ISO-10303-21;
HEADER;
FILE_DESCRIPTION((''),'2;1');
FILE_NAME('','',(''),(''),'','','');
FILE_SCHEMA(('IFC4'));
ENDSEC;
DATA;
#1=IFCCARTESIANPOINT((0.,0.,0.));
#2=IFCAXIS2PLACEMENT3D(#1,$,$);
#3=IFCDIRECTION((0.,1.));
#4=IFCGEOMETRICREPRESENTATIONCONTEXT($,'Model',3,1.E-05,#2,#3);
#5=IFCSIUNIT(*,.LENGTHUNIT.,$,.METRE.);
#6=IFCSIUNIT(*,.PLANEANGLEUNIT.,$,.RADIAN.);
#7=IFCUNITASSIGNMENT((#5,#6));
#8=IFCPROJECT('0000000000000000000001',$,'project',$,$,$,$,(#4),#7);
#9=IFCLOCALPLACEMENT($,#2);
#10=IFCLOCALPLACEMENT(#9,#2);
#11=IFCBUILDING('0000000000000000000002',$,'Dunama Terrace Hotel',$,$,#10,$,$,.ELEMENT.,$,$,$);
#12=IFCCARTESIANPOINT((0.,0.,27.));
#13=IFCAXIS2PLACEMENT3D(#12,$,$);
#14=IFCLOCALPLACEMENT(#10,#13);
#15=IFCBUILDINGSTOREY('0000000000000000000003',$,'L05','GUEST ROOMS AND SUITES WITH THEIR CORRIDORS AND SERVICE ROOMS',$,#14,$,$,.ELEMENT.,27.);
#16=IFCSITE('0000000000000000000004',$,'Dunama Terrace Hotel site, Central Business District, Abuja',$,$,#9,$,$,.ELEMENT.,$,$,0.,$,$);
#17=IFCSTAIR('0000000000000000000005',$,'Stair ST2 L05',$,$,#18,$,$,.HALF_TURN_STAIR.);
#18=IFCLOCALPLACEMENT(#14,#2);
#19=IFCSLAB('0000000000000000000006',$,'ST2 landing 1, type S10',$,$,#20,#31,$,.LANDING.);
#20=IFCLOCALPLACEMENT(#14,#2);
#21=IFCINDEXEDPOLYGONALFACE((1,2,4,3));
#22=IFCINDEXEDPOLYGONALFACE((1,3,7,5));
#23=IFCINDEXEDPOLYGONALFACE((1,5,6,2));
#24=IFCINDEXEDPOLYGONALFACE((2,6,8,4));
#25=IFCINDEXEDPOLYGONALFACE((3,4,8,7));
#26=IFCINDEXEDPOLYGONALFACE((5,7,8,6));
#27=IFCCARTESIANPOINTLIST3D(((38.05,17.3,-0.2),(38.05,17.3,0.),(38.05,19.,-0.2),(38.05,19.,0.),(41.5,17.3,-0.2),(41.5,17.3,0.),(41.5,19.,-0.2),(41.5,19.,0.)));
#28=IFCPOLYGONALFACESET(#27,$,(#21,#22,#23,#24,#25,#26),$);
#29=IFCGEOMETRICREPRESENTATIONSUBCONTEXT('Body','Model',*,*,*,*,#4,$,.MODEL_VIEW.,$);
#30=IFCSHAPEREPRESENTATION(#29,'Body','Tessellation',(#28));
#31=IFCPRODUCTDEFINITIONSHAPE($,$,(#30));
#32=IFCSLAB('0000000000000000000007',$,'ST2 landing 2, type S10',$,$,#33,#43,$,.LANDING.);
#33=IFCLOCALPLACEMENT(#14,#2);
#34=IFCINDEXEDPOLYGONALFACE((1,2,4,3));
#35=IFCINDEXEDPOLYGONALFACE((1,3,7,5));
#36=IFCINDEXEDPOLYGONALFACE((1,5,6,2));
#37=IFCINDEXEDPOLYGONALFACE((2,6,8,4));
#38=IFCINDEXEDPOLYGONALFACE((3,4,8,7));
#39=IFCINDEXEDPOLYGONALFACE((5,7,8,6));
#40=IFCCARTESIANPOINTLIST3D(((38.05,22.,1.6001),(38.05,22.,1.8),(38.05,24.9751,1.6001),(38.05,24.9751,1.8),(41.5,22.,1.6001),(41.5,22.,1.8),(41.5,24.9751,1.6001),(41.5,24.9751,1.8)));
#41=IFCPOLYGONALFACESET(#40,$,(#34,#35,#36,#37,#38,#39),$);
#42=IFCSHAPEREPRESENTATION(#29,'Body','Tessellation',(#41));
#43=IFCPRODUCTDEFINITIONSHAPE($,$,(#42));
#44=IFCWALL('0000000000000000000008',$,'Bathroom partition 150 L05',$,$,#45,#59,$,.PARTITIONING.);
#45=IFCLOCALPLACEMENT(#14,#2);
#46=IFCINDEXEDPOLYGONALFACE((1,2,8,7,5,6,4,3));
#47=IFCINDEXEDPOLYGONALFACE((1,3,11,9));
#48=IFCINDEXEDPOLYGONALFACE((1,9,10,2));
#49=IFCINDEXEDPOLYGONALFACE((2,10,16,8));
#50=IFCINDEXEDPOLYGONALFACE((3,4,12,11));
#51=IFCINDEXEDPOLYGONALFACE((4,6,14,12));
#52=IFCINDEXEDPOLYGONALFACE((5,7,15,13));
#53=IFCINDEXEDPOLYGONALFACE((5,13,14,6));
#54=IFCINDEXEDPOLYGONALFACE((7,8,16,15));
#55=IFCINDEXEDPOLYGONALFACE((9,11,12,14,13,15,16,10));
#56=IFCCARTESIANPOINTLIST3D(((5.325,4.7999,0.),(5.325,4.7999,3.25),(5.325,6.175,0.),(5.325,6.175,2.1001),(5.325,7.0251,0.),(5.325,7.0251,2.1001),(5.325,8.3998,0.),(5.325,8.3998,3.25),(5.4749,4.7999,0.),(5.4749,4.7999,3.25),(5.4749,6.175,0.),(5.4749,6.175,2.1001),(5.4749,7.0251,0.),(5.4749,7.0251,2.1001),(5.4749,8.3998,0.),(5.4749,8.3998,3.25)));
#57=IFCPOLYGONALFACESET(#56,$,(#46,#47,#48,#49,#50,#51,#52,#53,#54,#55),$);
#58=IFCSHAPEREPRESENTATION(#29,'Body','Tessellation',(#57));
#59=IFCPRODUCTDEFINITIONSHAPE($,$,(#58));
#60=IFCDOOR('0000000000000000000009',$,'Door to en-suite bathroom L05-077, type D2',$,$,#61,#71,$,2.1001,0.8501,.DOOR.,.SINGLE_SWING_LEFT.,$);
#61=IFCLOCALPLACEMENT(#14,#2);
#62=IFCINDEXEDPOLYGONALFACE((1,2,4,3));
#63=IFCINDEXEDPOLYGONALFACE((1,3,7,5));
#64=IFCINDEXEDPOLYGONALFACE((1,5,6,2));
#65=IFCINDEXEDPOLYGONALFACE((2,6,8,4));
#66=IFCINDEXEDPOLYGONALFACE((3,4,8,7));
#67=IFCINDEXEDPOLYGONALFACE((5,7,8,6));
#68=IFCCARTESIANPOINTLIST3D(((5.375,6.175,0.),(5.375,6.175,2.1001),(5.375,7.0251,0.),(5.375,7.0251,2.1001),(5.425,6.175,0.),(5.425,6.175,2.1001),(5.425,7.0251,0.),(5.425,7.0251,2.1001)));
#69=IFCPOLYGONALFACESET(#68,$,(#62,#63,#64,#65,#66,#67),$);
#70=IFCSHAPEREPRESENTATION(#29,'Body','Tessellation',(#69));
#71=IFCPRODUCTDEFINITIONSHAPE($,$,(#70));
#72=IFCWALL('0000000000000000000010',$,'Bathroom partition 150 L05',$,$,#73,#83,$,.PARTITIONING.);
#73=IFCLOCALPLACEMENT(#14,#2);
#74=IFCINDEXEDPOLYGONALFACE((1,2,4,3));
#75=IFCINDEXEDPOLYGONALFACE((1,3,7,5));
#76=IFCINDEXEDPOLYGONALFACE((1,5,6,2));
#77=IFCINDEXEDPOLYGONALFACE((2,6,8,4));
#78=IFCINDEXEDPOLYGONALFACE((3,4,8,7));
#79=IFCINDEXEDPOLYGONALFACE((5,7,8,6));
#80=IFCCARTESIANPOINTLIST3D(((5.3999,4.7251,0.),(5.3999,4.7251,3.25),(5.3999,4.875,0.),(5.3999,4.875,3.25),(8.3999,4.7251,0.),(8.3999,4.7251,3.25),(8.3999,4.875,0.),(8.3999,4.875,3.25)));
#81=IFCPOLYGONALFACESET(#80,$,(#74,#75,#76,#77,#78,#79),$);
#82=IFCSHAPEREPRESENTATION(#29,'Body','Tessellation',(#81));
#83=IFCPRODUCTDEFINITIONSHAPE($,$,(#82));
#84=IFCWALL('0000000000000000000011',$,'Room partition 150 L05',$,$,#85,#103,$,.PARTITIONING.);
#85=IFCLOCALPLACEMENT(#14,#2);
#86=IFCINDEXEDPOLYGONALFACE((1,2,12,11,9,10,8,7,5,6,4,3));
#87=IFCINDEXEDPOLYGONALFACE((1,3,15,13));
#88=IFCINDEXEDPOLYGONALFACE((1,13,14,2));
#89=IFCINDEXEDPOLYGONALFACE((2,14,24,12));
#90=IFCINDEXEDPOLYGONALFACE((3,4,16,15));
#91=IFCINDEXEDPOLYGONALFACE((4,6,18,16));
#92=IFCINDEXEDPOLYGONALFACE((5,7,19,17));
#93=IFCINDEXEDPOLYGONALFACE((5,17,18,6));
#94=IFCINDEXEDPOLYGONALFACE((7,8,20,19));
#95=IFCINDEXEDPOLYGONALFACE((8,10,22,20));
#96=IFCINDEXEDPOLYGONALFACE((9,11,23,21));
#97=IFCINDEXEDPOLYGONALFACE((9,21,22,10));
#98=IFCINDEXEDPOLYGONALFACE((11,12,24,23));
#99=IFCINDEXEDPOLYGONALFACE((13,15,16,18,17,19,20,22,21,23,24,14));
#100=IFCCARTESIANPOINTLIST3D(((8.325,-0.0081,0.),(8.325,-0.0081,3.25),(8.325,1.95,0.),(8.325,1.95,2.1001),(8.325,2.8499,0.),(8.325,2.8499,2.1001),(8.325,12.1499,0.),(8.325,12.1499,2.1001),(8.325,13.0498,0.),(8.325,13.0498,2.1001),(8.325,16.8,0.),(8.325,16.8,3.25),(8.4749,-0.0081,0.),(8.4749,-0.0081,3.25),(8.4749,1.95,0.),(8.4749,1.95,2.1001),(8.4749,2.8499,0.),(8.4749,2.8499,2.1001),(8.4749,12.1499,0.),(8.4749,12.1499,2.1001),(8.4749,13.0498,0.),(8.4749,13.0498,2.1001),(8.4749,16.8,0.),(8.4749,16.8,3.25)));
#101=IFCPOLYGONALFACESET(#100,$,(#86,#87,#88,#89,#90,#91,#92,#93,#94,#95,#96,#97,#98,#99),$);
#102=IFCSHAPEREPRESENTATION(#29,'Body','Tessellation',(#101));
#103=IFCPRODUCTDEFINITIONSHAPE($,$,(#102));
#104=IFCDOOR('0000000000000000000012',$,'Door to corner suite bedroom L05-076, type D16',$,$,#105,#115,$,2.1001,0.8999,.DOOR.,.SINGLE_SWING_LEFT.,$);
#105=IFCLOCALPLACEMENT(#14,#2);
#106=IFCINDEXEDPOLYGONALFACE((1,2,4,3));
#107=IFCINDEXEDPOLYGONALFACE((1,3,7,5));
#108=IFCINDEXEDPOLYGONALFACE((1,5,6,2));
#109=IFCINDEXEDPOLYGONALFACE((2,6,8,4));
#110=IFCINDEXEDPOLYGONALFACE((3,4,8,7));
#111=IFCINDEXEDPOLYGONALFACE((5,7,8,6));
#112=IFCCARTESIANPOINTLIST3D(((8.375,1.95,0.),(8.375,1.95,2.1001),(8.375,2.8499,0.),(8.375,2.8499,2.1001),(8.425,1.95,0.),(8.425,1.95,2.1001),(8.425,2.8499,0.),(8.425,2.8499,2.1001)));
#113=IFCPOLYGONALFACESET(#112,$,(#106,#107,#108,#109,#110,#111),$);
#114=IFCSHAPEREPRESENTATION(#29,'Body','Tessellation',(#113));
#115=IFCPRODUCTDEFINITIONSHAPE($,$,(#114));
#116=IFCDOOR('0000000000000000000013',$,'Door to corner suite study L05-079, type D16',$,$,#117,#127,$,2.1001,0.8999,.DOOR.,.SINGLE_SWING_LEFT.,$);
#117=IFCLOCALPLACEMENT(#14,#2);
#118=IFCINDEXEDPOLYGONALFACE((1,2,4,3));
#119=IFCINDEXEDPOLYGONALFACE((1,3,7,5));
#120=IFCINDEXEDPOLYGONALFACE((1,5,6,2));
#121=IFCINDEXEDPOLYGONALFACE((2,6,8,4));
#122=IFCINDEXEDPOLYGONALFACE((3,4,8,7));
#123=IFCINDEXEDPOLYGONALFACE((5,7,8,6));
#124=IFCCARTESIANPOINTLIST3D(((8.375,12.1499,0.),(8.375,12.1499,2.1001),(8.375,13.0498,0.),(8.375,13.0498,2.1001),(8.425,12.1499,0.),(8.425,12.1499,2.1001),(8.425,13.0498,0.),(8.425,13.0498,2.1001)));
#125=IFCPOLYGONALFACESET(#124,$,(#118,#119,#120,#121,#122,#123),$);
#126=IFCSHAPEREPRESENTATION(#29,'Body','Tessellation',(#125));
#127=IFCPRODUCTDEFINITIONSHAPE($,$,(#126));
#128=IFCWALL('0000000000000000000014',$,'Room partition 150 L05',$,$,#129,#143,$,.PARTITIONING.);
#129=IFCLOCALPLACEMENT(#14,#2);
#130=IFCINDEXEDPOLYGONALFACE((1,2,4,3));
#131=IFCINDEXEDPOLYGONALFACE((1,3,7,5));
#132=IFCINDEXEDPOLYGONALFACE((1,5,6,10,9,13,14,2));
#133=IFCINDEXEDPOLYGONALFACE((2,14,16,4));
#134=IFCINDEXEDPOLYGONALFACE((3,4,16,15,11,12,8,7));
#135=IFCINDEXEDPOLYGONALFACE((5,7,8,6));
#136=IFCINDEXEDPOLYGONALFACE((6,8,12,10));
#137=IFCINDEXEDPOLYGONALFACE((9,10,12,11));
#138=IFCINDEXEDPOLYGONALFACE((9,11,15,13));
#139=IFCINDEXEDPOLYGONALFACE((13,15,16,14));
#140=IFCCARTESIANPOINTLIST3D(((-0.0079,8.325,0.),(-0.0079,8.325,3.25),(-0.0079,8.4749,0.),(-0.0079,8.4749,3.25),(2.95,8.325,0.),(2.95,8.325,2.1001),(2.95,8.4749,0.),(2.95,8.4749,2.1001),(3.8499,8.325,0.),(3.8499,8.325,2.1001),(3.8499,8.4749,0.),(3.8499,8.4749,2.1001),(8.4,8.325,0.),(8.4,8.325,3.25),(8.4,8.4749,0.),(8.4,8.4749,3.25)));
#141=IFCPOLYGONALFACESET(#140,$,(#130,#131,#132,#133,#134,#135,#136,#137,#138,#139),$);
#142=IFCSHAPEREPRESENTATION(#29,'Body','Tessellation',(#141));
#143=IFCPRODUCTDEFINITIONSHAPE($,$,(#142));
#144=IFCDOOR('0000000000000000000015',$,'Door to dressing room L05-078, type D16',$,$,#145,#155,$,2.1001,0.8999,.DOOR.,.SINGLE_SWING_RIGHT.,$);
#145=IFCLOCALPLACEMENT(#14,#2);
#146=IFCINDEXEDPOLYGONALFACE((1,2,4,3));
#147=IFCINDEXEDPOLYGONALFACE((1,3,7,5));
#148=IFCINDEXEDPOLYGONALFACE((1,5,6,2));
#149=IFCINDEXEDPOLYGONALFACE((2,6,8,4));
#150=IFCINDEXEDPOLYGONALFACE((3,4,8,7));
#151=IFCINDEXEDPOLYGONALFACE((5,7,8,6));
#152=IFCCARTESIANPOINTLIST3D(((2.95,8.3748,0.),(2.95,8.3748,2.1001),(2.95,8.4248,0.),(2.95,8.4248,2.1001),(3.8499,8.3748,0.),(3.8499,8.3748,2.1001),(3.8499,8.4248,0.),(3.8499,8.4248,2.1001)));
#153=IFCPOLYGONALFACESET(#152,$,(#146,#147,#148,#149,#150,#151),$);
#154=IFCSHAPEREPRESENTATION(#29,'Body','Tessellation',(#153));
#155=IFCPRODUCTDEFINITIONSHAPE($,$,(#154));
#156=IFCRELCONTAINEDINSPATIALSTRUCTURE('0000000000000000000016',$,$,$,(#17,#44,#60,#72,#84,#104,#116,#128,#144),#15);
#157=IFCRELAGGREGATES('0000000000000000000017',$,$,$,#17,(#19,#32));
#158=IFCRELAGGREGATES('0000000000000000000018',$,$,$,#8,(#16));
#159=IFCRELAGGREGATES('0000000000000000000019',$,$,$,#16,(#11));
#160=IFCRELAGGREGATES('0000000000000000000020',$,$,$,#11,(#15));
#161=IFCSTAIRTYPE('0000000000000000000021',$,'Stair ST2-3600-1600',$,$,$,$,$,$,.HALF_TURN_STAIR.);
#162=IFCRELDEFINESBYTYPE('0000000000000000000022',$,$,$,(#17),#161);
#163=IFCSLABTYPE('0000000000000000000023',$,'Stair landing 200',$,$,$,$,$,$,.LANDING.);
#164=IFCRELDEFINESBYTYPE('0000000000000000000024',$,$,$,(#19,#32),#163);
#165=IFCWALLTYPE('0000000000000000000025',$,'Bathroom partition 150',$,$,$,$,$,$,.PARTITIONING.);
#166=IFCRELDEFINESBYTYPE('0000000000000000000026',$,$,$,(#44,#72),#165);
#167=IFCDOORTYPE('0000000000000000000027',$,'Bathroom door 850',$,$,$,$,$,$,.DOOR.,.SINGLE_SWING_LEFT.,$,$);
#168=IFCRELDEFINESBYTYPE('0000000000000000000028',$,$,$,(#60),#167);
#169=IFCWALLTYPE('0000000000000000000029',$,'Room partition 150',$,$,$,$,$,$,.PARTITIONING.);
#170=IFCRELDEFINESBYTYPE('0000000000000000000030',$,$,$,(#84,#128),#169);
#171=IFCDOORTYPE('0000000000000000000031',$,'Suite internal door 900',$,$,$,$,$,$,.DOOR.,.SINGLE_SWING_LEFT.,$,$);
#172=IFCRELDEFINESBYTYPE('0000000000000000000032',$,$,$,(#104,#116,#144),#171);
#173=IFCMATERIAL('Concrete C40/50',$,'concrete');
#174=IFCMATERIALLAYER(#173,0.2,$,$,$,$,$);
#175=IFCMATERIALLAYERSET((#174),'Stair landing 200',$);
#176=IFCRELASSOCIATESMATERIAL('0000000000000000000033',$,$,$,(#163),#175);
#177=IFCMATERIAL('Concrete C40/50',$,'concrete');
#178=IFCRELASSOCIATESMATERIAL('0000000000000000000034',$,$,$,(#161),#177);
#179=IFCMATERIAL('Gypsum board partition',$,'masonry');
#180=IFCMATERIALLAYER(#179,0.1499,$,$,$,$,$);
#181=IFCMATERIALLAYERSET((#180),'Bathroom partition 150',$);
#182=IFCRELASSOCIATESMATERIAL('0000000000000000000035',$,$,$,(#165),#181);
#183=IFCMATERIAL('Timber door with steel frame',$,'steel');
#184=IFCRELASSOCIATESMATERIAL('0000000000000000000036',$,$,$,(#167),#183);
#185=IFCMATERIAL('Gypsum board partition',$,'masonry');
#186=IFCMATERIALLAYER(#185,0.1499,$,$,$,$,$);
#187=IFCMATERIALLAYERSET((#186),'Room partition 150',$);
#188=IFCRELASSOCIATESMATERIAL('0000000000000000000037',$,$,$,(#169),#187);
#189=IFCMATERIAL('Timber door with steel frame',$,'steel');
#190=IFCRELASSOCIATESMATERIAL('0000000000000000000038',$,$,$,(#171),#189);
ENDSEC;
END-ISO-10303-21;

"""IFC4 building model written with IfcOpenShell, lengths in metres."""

from ifc_helpers import new_model, si_unit, direction, frame, frame_2d, origin, place, context, subcontext, project, spatial, polyline, rectangle, outline, extrude, material, layer, layer_set, type_object, element, fill, aggregate, save


model = new_model("IFC4")

# Units and contexts
model_context = context("Model", 3, precision=1e-05, world=origin(), true_north=direction((0.0, 1.0)))
body_context = subcontext(model_context, "Body", "Model", "MODEL_VIEW")
ifc_project = project(units=[si_unit("LENGTHUNIT", "METRE"), si_unit("PLANEANGLEUNIT", "RADIAN")], contexts=[model_context])

# Site, building, storey
site_placement = place(None, origin())
site = spatial("IfcSite", under=ifc_project, at=site_placement, Name="Dunama Terrace Hotel site, Central Business District, Abuja", CompositionType="ELEMENT", RefElevation=0.0)
building_placement = place(site_placement, origin())
building = spatial("IfcBuilding", under=site, at=building_placement, Name="Dunama Terrace Hotel", CompositionType="ELEMENT")
storey_placement = place(building_placement, frame((0.0, 0.0, 27.0)))
storey = spatial("IfcBuildingStorey", under=building, at=storey_placement, Name="L05", Description="GUEST ROOMS AND SUITES WITH THEIR CORRIDORS AND SERVICE ROOMS", CompositionType="ELEMENT", Elevation=27.0)

# Stair, slabs
ifc_material_1 = material(Name="Concrete C40/50", Category="concrete")
ifc_layer_1 = layer(ifc_material_1, 0.2)
ifc_layer_set_1 = layer_set([ifc_layer_1], Name="Stair landing 200")
slab_type_1 = type_object("IfcSlabType", Name="Stair landing 200", PredefinedType="LANDING", material=ifc_layer_set_1)
ifc_material_2 = material(Name="Concrete C40/50", Category="concrete")
stair_type_1 = type_object("IfcStairType", Name="Stair ST2-3600-1600", PredefinedType="HALF_TURN_STAIR", material=ifc_material_2)
stair_1_placement = place(storey_placement, origin())
stair_1 = element("IfcStair", 1, at=stair_1_placement, inside=storey, type_object=stair_type_1, Name="Stair ST2 L05", PredefinedType="HALF_TURN_STAIR")
slab_1_placement = place(storey_placement, frame((0.0, 0.0, -0.2)))
slab_1 = element("IfcSlab", 2, at=slab_1_placement, type_object=slab_type_1, Name="ST2 landing 1, type S10", PredefinedType="LANDING", context=body_context, shape_type="SweptSolid", body=[
    extrude(outline(polyline([(38.05, 17.3), (41.5, 17.3), (41.5, 19.0), (38.05, 19.0), (38.05, 17.3)])), origin(), (0.0, 0.0, 1.0), 0.2),
])
slab_2_placement = place(storey_placement, frame((0.0, 0.0, 1.6001)))
slab_2 = element("IfcSlab", 3, at=slab_2_placement, type_object=slab_type_1, Name="ST2 landing 2, type S10", PredefinedType="LANDING", context=body_context, shape_type="SweptSolid", body=[
    extrude(outline(polyline([(38.05, 22.0), (41.5, 22.0), (41.5, 24.9751), (38.05, 24.9751), (38.05, 22.0)])), origin(), (0.0, 0.0, 1.0), 0.2),
])
aggregate(stair_1, [slab_1, slab_2])

# Wall, opening, door
ifc_material_3 = material(Name="Gypsum board partition", Category="masonry")
ifc_layer_2 = layer(ifc_material_3, 0.1499)
ifc_layer_set_2 = layer_set([ifc_layer_2], Name="Bathroom partition 150")
wall_type_1 = type_object("IfcWallType", Name="Bathroom partition 150", PredefinedType="PARTITIONING", material=ifc_layer_set_2)
wall_1_placement = place(storey_placement, frame((5.3999, 4.8, 0.0), z_axis=(0.0, 0.0, 1.0), x_axis=(0.0, 1.0, 0.0)))
wall_1 = element("IfcWall", 4, at=wall_1_placement, inside=storey, type_object=wall_type_1, Name="Bathroom partition 150 L05", PredefinedType="PARTITIONING", context=body_context, shape_type="SweptSolid", body=[
    extrude(rectangle(XDim=3.5999, YDim=0.1499, at=frame_2d((1.7998, 0.0))), origin(), (0.0, 0.0, 1.0), 3.25),
])
opening_1_placement = place(wall_1_placement, frame((1.375, 0.0, 0.0)))
opening_1 = element("IfcOpeningElement", 5, at=opening_1_placement, cuts=wall_1, PredefinedType="OPENING", context=body_context, shape_type="SweptSolid", body=[
    extrude(rectangle(XDim=0.8501, YDim=2.1001, at=frame_2d((0.425, 1.05))), frame((0.0, 0.085, 0.0), z_axis=(0.0, -1.0, 0.0), x_axis=(1.0, 0.0, 0.0)), (0.0, 0.0, 1.0), 0.1699),
])
ifc_material_4 = material(Name="Timber door with steel frame", Category="steel")
door_type_1 = type_object("IfcDoorType", Name="Bathroom door 850", OperationType="SINGLE_SWING_LEFT", PredefinedType="DOOR", material=ifc_material_4)
door_1_placement = place(opening_1_placement, frame((0.8501, 0.0, 0.0), z_axis=(0.0, 0.0, 1.0), x_axis=(-1.0, 0.0, 0.0)))
door_1 = element("IfcDoor", 6, at=door_1_placement, inside=storey, type_object=door_type_1, Name="Door to en-suite bathroom L05-077, type D2", OperationType="SINGLE_SWING_LEFT", OverallHeight=2.1001, OverallWidth=0.8501, PredefinedType="DOOR", context=body_context, shape_type="SweptSolid", body=[
    extrude(rectangle(XDim=0.8501, YDim=2.1001, at=frame_2d((0.425, 1.05))), frame((0.0, 0.0251, 0.0), z_axis=(0.0, -1.0, 0.0), x_axis=(1.0, 0.0, 0.0)), (0.0, 0.0, 1.0), 0.05),
])
fill(opening_1, door_1)

# Wall
wall_2_placement = place(storey_placement, frame((5.3999, 4.8, 0.0), z_axis=(0.0, 0.0, 1.0), x_axis=(1.0, 0.0, 0.0)))
element("IfcWall", 7, at=wall_2_placement, inside=storey, type_object=wall_type_1, Name="Bathroom partition 150 L05", PredefinedType="PARTITIONING", context=body_context, shape_type="SweptSolid", body=[
    extrude(rectangle(XDim=3.0, YDim=0.1499, at=frame_2d((1.5, 0.0))), origin(), (0.0, 0.0, 1.0), 3.25),
])

# Wall, openings, doors
ifc_material_5 = material(Name="Gypsum board partition", Category="masonry")
ifc_layer_3 = layer(ifc_material_5, 0.1499)
ifc_layer_set_3 = layer_set([ifc_layer_3], Name="Room partition 150")
wall_type_2 = type_object("IfcWallType", Name="Room partition 150", PredefinedType="PARTITIONING", material=ifc_layer_set_3)
wall_3_placement = place(storey_placement, frame((8.3999, -0.0081, 0.0), z_axis=(0.0, 0.0, 1.0), x_axis=(0.0, 1.0, 0.0)))
wall_3 = element("IfcWall", 8, at=wall_3_placement, inside=storey, type_object=wall_type_2, Name="Room partition 150 L05", PredefinedType="PARTITIONING", context=body_context, shape_type="SweptSolid", body=[
    extrude(rectangle(XDim=16.8081, YDim=0.1499, at=frame_2d((8.4041, 0.0))), origin(), (0.0, 0.0, 1.0), 3.25),
])
opening_2_placement = place(wall_3_placement, frame((1.958, 0.0, 0.0)))
opening_2 = element("IfcOpeningElement", 9, at=opening_2_placement, cuts=wall_3, PredefinedType="OPENING", context=body_context, shape_type="SweptSolid", body=[
    extrude(rectangle(XDim=0.8999, YDim=2.1001, at=frame_2d((0.45, 1.05))), frame((0.0, 0.085, 0.0), z_axis=(0.0, -1.0, 0.0), x_axis=(1.0, 0.0, 0.0)), (0.0, 0.0, 1.0), 0.1699),
])
opening_3_placement = place(wall_3_placement, frame((12.158, 0.0, 0.0)))
opening_3 = element("IfcOpeningElement", 10, at=opening_3_placement, cuts=wall_3, PredefinedType="OPENING", context=body_context, shape_type="SweptSolid", body=[
    extrude(rectangle(XDim=0.8999, YDim=2.1001, at=frame_2d((0.45, 1.05))), frame((0.0, 0.085, 0.0), z_axis=(0.0, -1.0, 0.0), x_axis=(1.0, 0.0, 0.0)), (0.0, 0.0, 1.0), 0.1699),
])
ifc_material_6 = material(Name="Timber door with steel frame", Category="steel")
door_type_2 = type_object("IfcDoorType", Name="Suite internal door 900", OperationType="SINGLE_SWING_LEFT", PredefinedType="DOOR", material=ifc_material_6)
door_2_placement = place(opening_2_placement, origin())
door_2 = element("IfcDoor", 11, at=door_2_placement, inside=storey, type_object=door_type_2, Name="Door to corner suite bedroom L05-076, type D16", OperationType="SINGLE_SWING_LEFT", OverallHeight=2.1001, OverallWidth=0.8999, PredefinedType="DOOR", context=body_context, shape_type="SweptSolid", body=[
    extrude(rectangle(XDim=0.8999, YDim=2.1001, at=frame_2d((0.45, 1.05))), frame((0.0, 0.0249, 0.0), z_axis=(0.0, -1.0, 0.0), x_axis=(1.0, 0.0, 0.0)), (0.0, 0.0, 1.0), 0.05),
])
fill(opening_2, door_2)
door_3_placement = place(opening_3_placement, origin())
door_3 = element("IfcDoor", 12, at=door_3_placement, inside=storey, type_object=door_type_2, Name="Door to corner suite study L05-079, type D16", OperationType="SINGLE_SWING_LEFT", OverallHeight=2.1001, OverallWidth=0.8999, PredefinedType="DOOR", context=body_context, shape_type="SweptSolid", body=[
    extrude(rectangle(XDim=0.8999, YDim=2.1001, at=frame_2d((0.45, 1.05))), frame((0.0, 0.0249, 0.0), z_axis=(0.0, -1.0, 0.0), x_axis=(1.0, 0.0, 0.0)), (0.0, 0.0, 1.0), 0.05),
])
fill(opening_3, door_3)

# Wall, opening, door
wall_4_placement = place(storey_placement, frame((-0.0081, 8.3999, 0.0), z_axis=(0.0, 0.0, 1.0), x_axis=(1.0, 0.0, 0.0)))
wall_4 = element("IfcWall", 13, at=wall_4_placement, inside=storey, type_object=wall_type_2, Name="Room partition 150 L05", PredefinedType="PARTITIONING", context=body_context, shape_type="SweptSolid", body=[
    extrude(rectangle(XDim=8.408, YDim=0.1499, at=frame_2d((4.2041, 0.0))), origin(), (0.0, 0.0, 1.0), 3.25),
])
opening_4_placement = place(wall_4_placement, frame((2.958, 0.0, 0.0)))
opening_4 = element("IfcOpeningElement", 14, at=opening_4_placement, cuts=wall_4, PredefinedType="OPENING", context=body_context, shape_type="SweptSolid", body=[
    extrude(rectangle(XDim=0.8999, YDim=2.1001, at=frame_2d((0.45, 1.05))), frame((0.0, 0.085, 0.0), z_axis=(0.0, -1.0, 0.0), x_axis=(1.0, 0.0, 0.0)), (0.0, 0.0, 1.0), 0.1699),
])
door_4_placement = place(opening_4_placement, origin())
door_4 = element("IfcDoor", 15, at=door_4_placement, inside=storey, type_object=door_type_2, Name="Door to dressing room L05-078, type D16", OperationType="SINGLE_SWING_RIGHT", OverallHeight=2.1001, OverallWidth=0.8999, PredefinedType="DOOR", context=body_context, shape_type="SweptSolid", body=[
    extrude(rectangle(XDim=0.8999, YDim=2.1001, at=frame_2d((0.45, 1.05))), frame((0.0, 0.0249, 0.0), z_axis=(0.0, -1.0, 0.0), x_axis=(1.0, 0.0, 0.0)), (0.0, 0.0, 1.0), 0.05),
])
fill(opening_4, door_4)

save(model, "model.ifc")
